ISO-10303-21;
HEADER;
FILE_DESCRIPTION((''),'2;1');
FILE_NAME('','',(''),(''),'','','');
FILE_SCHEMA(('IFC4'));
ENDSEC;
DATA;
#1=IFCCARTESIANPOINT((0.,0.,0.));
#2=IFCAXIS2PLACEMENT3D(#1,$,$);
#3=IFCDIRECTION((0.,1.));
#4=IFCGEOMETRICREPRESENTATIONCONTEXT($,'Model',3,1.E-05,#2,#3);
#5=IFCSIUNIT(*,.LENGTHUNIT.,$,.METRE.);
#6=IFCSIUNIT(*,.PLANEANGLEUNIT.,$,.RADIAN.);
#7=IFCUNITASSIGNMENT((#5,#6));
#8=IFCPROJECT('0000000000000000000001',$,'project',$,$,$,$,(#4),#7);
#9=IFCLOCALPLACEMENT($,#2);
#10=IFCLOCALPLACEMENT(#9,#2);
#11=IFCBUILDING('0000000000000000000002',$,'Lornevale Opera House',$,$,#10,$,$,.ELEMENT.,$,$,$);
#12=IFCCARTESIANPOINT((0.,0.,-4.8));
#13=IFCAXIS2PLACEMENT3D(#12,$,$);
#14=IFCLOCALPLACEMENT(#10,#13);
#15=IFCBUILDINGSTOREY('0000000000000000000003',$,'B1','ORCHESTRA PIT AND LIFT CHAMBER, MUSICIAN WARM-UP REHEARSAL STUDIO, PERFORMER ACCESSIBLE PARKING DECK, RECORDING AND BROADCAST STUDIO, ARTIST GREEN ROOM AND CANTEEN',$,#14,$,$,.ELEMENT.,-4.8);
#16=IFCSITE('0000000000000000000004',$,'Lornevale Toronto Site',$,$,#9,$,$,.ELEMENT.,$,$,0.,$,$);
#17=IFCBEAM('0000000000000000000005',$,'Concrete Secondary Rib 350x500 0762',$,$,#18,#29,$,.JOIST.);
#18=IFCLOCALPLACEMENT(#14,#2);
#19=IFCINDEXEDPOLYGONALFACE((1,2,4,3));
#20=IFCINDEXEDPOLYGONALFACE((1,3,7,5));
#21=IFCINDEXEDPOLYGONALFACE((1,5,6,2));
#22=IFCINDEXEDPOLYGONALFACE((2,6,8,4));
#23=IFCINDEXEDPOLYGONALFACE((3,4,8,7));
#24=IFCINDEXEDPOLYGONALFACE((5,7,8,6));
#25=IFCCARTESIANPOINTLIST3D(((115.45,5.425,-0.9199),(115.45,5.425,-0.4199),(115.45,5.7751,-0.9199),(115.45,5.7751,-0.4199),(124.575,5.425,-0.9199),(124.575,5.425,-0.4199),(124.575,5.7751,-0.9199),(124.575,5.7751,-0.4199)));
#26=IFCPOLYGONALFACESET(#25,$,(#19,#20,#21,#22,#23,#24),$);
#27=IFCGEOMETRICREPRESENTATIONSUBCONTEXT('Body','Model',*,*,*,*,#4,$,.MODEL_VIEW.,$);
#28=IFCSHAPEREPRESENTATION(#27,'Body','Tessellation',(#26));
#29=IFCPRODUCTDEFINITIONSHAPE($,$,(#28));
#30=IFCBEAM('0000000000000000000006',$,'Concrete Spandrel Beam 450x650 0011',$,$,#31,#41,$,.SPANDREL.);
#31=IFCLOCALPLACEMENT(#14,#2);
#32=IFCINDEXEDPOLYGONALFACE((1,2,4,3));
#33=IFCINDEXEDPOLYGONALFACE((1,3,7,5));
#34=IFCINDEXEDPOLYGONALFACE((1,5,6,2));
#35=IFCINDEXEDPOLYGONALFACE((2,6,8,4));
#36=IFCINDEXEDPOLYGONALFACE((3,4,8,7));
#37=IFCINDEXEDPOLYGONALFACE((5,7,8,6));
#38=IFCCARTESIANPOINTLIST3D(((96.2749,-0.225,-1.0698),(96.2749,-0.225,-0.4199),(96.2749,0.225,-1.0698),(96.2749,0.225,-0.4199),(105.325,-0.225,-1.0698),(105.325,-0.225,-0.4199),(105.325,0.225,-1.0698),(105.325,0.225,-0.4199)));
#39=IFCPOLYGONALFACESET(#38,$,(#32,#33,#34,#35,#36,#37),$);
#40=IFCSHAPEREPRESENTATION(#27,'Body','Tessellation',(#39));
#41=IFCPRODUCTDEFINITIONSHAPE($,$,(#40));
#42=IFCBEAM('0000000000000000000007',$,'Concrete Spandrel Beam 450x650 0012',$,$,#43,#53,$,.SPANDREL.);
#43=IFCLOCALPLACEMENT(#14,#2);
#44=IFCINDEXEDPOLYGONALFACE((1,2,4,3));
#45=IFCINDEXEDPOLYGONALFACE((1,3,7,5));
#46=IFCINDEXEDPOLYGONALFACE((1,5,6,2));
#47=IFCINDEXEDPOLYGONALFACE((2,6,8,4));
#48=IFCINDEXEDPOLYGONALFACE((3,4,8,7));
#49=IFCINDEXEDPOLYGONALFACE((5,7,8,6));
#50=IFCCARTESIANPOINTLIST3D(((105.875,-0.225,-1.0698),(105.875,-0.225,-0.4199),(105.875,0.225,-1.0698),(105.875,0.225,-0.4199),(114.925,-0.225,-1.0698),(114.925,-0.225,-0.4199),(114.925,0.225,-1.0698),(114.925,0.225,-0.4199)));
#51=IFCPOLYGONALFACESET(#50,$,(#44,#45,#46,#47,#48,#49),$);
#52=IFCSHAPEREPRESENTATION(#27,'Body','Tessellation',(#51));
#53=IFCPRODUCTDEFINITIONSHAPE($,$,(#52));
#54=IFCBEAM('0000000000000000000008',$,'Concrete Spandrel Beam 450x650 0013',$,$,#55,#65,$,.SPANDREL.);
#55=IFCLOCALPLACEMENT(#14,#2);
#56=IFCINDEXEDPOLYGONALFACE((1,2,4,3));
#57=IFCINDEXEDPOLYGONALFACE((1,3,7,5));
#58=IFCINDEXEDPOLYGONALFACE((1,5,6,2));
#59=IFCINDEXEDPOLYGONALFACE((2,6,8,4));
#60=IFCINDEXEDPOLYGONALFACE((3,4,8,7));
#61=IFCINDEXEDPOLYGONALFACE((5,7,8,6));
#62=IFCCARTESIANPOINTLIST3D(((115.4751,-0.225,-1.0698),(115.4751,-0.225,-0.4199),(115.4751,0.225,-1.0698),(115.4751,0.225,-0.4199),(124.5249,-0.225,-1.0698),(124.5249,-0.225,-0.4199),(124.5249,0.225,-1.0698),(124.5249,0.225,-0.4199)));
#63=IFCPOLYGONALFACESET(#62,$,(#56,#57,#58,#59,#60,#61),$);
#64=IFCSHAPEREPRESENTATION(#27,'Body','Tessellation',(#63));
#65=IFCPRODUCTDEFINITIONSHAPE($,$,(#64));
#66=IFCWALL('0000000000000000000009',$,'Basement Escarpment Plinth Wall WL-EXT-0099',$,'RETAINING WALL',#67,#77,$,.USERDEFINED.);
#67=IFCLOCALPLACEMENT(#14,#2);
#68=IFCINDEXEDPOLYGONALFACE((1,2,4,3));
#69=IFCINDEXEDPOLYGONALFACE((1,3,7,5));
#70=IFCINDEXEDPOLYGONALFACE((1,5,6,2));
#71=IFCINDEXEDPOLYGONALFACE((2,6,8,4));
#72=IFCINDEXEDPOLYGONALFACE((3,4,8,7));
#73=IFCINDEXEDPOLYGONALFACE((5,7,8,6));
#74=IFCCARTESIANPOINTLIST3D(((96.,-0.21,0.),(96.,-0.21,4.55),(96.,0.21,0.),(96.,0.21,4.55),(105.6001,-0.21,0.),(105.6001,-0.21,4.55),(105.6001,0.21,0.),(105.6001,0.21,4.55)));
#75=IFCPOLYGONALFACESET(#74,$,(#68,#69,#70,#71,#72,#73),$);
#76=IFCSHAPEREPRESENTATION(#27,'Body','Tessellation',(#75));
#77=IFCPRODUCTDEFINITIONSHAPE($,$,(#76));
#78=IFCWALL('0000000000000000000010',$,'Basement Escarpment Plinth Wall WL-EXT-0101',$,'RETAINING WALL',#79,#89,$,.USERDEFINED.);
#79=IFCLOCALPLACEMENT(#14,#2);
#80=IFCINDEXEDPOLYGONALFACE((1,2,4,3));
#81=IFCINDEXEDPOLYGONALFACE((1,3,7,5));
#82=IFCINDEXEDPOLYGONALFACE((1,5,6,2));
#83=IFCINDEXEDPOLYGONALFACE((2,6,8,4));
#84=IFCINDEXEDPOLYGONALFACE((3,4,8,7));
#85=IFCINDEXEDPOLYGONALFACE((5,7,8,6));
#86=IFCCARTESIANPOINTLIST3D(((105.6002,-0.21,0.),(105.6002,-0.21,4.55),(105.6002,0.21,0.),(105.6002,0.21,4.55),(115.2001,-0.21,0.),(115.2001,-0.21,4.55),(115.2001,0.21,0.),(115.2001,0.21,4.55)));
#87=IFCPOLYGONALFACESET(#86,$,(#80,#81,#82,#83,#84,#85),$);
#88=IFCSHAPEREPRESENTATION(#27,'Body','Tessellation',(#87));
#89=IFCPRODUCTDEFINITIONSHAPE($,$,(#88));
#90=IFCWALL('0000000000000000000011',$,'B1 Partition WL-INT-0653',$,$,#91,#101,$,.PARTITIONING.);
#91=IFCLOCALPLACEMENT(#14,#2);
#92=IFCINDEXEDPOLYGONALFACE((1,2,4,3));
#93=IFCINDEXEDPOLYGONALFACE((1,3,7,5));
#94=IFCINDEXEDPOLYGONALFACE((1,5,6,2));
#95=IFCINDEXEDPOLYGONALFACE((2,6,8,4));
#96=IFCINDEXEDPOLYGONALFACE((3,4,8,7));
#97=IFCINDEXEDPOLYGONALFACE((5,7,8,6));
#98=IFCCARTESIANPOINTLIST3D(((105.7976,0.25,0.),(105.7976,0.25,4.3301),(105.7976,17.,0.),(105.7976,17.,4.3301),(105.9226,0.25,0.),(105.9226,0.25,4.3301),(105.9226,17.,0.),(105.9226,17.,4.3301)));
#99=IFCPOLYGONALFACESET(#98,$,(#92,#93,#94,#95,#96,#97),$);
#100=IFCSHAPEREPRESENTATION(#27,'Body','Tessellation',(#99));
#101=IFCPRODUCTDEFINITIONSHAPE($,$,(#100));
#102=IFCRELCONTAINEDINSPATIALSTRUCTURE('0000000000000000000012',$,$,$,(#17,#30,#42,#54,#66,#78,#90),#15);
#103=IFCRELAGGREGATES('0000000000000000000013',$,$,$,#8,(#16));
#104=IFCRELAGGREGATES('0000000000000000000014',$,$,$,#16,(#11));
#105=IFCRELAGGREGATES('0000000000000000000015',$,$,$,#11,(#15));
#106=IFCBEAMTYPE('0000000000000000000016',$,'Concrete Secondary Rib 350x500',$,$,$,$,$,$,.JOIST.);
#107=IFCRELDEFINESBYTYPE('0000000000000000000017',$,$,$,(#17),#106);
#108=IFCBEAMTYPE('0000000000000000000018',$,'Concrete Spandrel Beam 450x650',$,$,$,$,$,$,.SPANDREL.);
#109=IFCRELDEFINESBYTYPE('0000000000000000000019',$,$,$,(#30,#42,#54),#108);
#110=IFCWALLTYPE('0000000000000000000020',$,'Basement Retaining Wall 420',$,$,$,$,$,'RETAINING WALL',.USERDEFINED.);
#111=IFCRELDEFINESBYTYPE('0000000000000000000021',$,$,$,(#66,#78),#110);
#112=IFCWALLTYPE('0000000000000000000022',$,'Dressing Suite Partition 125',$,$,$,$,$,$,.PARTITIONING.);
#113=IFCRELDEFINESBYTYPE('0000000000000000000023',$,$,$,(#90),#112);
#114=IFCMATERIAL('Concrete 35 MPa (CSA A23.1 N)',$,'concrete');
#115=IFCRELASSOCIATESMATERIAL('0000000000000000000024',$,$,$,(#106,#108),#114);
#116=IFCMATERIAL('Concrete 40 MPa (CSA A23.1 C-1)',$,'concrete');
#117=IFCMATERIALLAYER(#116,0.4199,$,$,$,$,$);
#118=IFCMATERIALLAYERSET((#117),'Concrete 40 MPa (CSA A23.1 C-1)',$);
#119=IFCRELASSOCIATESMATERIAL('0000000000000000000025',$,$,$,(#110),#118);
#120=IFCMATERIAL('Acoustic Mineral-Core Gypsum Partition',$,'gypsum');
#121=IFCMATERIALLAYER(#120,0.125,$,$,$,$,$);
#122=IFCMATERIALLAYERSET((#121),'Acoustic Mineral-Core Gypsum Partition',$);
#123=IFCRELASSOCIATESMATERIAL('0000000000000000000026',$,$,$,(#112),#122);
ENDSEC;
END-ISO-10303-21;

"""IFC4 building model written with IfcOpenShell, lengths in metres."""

from ifc_helpers import new_model, si_unit, direction, frame, frame_2d, origin, origin_2d, place, context, subcontext, project, spatial, rectangle, extrude, material, layer, layer_set, material_profile, profile_set, type_object, element, save


model = new_model("IFC4")

# Units and contexts
model_context = context("Model", 3, precision=1e-05, world=origin(), true_north=direction((0.0, 1.0)))
body_context = subcontext(model_context, "Body", "Model", "MODEL_VIEW")
ifc_project = project(units=[si_unit("LENGTHUNIT", "METRE"), si_unit("PLANEANGLEUNIT", "RADIAN")], contexts=[model_context])

# Site, building, storey
site_placement = place(None, origin())
site = spatial("IfcSite", under=ifc_project, at=site_placement, Name="Lornevale Toronto Site", CompositionType="ELEMENT", RefElevation=0.0)
building_placement = place(site_placement, origin())
building = spatial("IfcBuilding", under=site, at=building_placement, Name="Lornevale Opera House", CompositionType="ELEMENT")
storey_placement = place(building_placement, frame((0.0, 0.0, -4.8)))
storey = spatial("IfcBuildingStorey", under=building, at=storey_placement, Name="B1", Description="ORCHESTRA PIT AND LIFT CHAMBER, MUSICIAN WARM-UP REHEARSAL STUDIO, PERFORMER ACCESSIBLE PARKING DECK, RECORDING AND BROADCAST STUDIO, ARTIST GREEN ROOM AND CANTEEN", CompositionType="ELEMENT", Elevation=-4.8)

# Shared definitions
ifc_material_1 = material(Name="Concrete 35 MPa (CSA A23.1 N)", Category="concrete")

# Beams
ifc_material_2 = material(Name="Concrete 40 MPa (CSA A23.1 C-1)", Category="concrete")
ifc_material_profile_1 = material_profile(ifc_material_1, rectangle(XDim=0.3501, YDim=0.5, at=origin_2d()), Name="RC350x500")
ifc_profile_set_1 = profile_set([ifc_material_profile_1], Name="Concrete 35 MPa (CSA A23.1 N)")
beam_type_1 = type_object("IfcBeamType", Name="Concrete Secondary Rib 350x500", PredefinedType="JOIST", material=ifc_profile_set_1)
for number, where, z_axis, x_axis, name in (
    (1, (115.45, 5.6001, -0.6699), (1.0, 0.0, 0.0), (0.0, 1.0, 0.0), "Concrete Secondary Rib 350x500 0762"),
):
    element("IfcBeam", number, at=place(storey_placement, frame(where, z_axis=z_axis, x_axis=x_axis)), inside=storey, type_object=beam_type_1, Name=name, PredefinedType="JOIST", context=body_context, shape_type="SweptSolid", body=[
        extrude(rectangle(XDim=0.3501, YDim=0.5, at=origin_2d()), origin(), (0.0, 0.0, 1.0), 9.125),
    ])
ifc_material_profile_2 = material_profile(ifc_material_1, rectangle(XDim=0.45, YDim=0.6499, at=origin_2d()), Name="RC450x650")
ifc_profile_set_2 = profile_set([ifc_material_profile_2], Name="Concrete 35 MPa (CSA A23.1 N)")
beam_type_2 = type_object("IfcBeamType", Name="Concrete Spandrel Beam 450x650", PredefinedType="SPANDREL", material=ifc_profile_set_2)
for number, where, z_axis, x_axis, name in (
    (2, (96.2749, 0.0, -0.7449), (1.0, 0.0, 0.0), (0.0, 1.0, 0.0), "Concrete Spandrel Beam 450x650 0011"),
    (3, (105.875, 0.0, -0.7449), (1.0, 0.0, 0.0), (0.0, 1.0, 0.0), "Concrete Spandrel Beam 450x650 0012"),
):
    element("IfcBeam", number, at=place(storey_placement, frame(where, z_axis=z_axis, x_axis=x_axis)), inside=storey, type_object=beam_type_2, Name=name, PredefinedType="SPANDREL", context=body_context, shape_type="SweptSolid", body=[
        extrude(rectangle(XDim=0.45, YDim=0.6499, at=origin_2d()), origin(), (0.0, 0.0, 1.0), 9.05),
    ])
beam_1_placement = place(storey_placement, frame((115.4751, 0.0, -0.7449), z_axis=(1.0, 0.0, 0.0), x_axis=(0.0, 1.0, 0.0)))
element("IfcBeam", 4, at=beam_1_placement, inside=storey, type_object=beam_type_2, Name="Concrete Spandrel Beam 450x650 0013", PredefinedType="SPANDREL", context=body_context, shape_type="SweptSolid", body=[
    extrude(rectangle(XDim=0.45, YDim=0.6499, at=origin_2d()), origin(), (0.0, 0.0, 1.0), 9.0498),
])

# Walls
ifc_layer_1 = layer(ifc_material_2, 0.4199)
ifc_layer_set_1 = layer_set([ifc_layer_1], Name="Concrete 40 MPa (CSA A23.1 C-1)")
wall_type_1 = type_object("IfcWallType", Name="Basement Retaining Wall 420", ElementType="RETAINING WALL", PredefinedType="USERDEFINED", material=ifc_layer_set_1)
wall_1_placement = place(storey_placement, frame((105.6001, 0.0, 0.0), z_axis=(0.0, 0.0, 1.0), x_axis=(-1.0, 0.0, 0.0)))
element("IfcWall", 5, at=wall_1_placement, inside=storey, type_object=wall_type_1, Name="Basement Escarpment Plinth Wall WL-EXT-0099", ObjectType="RETAINING WALL", PredefinedType="USERDEFINED", context=body_context, shape_type="SweptSolid", body=[
    extrude(rectangle(XDim=9.6001, YDim=0.4199, at=frame_2d((4.8, 0.0))), origin(), (0.0, 0.0, 1.0), 4.55),
])
wall_2_placement = place(storey_placement, frame((115.2, 0.0, 0.0), z_axis=(0.0, 0.0, 1.0), x_axis=(-1.0, 0.0, 0.0)))
element("IfcWall", 6, at=wall_2_placement, inside=storey, type_object=wall_type_1, Name="Basement Escarpment Plinth Wall WL-EXT-0101", ObjectType="RETAINING WALL", PredefinedType="USERDEFINED", context=body_context, shape_type="SweptSolid", body=[
    extrude(rectangle(XDim=9.5999, YDim=0.4199, at=frame_2d((4.7998, 0.0))), origin(), (0.0, 0.0, 1.0), 4.55),
])
ifc_material_3 = material(Name="Acoustic Mineral-Core Gypsum Partition", Category="gypsum")
ifc_layer_2 = layer(ifc_material_3, 0.125)
ifc_layer_set_2 = layer_set([ifc_layer_2], Name="Acoustic Mineral-Core Gypsum Partition")
wall_type_2 = type_object("IfcWallType", Name="Dressing Suite Partition 125", PredefinedType="PARTITIONING", material=ifc_layer_set_2)
wall_3_placement = place(storey_placement, frame((105.8601, 0.25, 0.0), z_axis=(0.0, 0.0, 1.0), x_axis=(0.0, 1.0, 0.0)))
element("IfcWall", 7, at=wall_3_placement, inside=storey, type_object=wall_type_2, Name="B1 Partition WL-INT-0653", PredefinedType="PARTITIONING", context=body_context, shape_type="SweptSolid", body=[
    extrude(rectangle(XDim=16.75, YDim=0.125, at=frame_2d((8.375, 0.0))), origin(), (0.0, 0.0, 1.0), 4.3301),
])

save(model, "model.ifc")
